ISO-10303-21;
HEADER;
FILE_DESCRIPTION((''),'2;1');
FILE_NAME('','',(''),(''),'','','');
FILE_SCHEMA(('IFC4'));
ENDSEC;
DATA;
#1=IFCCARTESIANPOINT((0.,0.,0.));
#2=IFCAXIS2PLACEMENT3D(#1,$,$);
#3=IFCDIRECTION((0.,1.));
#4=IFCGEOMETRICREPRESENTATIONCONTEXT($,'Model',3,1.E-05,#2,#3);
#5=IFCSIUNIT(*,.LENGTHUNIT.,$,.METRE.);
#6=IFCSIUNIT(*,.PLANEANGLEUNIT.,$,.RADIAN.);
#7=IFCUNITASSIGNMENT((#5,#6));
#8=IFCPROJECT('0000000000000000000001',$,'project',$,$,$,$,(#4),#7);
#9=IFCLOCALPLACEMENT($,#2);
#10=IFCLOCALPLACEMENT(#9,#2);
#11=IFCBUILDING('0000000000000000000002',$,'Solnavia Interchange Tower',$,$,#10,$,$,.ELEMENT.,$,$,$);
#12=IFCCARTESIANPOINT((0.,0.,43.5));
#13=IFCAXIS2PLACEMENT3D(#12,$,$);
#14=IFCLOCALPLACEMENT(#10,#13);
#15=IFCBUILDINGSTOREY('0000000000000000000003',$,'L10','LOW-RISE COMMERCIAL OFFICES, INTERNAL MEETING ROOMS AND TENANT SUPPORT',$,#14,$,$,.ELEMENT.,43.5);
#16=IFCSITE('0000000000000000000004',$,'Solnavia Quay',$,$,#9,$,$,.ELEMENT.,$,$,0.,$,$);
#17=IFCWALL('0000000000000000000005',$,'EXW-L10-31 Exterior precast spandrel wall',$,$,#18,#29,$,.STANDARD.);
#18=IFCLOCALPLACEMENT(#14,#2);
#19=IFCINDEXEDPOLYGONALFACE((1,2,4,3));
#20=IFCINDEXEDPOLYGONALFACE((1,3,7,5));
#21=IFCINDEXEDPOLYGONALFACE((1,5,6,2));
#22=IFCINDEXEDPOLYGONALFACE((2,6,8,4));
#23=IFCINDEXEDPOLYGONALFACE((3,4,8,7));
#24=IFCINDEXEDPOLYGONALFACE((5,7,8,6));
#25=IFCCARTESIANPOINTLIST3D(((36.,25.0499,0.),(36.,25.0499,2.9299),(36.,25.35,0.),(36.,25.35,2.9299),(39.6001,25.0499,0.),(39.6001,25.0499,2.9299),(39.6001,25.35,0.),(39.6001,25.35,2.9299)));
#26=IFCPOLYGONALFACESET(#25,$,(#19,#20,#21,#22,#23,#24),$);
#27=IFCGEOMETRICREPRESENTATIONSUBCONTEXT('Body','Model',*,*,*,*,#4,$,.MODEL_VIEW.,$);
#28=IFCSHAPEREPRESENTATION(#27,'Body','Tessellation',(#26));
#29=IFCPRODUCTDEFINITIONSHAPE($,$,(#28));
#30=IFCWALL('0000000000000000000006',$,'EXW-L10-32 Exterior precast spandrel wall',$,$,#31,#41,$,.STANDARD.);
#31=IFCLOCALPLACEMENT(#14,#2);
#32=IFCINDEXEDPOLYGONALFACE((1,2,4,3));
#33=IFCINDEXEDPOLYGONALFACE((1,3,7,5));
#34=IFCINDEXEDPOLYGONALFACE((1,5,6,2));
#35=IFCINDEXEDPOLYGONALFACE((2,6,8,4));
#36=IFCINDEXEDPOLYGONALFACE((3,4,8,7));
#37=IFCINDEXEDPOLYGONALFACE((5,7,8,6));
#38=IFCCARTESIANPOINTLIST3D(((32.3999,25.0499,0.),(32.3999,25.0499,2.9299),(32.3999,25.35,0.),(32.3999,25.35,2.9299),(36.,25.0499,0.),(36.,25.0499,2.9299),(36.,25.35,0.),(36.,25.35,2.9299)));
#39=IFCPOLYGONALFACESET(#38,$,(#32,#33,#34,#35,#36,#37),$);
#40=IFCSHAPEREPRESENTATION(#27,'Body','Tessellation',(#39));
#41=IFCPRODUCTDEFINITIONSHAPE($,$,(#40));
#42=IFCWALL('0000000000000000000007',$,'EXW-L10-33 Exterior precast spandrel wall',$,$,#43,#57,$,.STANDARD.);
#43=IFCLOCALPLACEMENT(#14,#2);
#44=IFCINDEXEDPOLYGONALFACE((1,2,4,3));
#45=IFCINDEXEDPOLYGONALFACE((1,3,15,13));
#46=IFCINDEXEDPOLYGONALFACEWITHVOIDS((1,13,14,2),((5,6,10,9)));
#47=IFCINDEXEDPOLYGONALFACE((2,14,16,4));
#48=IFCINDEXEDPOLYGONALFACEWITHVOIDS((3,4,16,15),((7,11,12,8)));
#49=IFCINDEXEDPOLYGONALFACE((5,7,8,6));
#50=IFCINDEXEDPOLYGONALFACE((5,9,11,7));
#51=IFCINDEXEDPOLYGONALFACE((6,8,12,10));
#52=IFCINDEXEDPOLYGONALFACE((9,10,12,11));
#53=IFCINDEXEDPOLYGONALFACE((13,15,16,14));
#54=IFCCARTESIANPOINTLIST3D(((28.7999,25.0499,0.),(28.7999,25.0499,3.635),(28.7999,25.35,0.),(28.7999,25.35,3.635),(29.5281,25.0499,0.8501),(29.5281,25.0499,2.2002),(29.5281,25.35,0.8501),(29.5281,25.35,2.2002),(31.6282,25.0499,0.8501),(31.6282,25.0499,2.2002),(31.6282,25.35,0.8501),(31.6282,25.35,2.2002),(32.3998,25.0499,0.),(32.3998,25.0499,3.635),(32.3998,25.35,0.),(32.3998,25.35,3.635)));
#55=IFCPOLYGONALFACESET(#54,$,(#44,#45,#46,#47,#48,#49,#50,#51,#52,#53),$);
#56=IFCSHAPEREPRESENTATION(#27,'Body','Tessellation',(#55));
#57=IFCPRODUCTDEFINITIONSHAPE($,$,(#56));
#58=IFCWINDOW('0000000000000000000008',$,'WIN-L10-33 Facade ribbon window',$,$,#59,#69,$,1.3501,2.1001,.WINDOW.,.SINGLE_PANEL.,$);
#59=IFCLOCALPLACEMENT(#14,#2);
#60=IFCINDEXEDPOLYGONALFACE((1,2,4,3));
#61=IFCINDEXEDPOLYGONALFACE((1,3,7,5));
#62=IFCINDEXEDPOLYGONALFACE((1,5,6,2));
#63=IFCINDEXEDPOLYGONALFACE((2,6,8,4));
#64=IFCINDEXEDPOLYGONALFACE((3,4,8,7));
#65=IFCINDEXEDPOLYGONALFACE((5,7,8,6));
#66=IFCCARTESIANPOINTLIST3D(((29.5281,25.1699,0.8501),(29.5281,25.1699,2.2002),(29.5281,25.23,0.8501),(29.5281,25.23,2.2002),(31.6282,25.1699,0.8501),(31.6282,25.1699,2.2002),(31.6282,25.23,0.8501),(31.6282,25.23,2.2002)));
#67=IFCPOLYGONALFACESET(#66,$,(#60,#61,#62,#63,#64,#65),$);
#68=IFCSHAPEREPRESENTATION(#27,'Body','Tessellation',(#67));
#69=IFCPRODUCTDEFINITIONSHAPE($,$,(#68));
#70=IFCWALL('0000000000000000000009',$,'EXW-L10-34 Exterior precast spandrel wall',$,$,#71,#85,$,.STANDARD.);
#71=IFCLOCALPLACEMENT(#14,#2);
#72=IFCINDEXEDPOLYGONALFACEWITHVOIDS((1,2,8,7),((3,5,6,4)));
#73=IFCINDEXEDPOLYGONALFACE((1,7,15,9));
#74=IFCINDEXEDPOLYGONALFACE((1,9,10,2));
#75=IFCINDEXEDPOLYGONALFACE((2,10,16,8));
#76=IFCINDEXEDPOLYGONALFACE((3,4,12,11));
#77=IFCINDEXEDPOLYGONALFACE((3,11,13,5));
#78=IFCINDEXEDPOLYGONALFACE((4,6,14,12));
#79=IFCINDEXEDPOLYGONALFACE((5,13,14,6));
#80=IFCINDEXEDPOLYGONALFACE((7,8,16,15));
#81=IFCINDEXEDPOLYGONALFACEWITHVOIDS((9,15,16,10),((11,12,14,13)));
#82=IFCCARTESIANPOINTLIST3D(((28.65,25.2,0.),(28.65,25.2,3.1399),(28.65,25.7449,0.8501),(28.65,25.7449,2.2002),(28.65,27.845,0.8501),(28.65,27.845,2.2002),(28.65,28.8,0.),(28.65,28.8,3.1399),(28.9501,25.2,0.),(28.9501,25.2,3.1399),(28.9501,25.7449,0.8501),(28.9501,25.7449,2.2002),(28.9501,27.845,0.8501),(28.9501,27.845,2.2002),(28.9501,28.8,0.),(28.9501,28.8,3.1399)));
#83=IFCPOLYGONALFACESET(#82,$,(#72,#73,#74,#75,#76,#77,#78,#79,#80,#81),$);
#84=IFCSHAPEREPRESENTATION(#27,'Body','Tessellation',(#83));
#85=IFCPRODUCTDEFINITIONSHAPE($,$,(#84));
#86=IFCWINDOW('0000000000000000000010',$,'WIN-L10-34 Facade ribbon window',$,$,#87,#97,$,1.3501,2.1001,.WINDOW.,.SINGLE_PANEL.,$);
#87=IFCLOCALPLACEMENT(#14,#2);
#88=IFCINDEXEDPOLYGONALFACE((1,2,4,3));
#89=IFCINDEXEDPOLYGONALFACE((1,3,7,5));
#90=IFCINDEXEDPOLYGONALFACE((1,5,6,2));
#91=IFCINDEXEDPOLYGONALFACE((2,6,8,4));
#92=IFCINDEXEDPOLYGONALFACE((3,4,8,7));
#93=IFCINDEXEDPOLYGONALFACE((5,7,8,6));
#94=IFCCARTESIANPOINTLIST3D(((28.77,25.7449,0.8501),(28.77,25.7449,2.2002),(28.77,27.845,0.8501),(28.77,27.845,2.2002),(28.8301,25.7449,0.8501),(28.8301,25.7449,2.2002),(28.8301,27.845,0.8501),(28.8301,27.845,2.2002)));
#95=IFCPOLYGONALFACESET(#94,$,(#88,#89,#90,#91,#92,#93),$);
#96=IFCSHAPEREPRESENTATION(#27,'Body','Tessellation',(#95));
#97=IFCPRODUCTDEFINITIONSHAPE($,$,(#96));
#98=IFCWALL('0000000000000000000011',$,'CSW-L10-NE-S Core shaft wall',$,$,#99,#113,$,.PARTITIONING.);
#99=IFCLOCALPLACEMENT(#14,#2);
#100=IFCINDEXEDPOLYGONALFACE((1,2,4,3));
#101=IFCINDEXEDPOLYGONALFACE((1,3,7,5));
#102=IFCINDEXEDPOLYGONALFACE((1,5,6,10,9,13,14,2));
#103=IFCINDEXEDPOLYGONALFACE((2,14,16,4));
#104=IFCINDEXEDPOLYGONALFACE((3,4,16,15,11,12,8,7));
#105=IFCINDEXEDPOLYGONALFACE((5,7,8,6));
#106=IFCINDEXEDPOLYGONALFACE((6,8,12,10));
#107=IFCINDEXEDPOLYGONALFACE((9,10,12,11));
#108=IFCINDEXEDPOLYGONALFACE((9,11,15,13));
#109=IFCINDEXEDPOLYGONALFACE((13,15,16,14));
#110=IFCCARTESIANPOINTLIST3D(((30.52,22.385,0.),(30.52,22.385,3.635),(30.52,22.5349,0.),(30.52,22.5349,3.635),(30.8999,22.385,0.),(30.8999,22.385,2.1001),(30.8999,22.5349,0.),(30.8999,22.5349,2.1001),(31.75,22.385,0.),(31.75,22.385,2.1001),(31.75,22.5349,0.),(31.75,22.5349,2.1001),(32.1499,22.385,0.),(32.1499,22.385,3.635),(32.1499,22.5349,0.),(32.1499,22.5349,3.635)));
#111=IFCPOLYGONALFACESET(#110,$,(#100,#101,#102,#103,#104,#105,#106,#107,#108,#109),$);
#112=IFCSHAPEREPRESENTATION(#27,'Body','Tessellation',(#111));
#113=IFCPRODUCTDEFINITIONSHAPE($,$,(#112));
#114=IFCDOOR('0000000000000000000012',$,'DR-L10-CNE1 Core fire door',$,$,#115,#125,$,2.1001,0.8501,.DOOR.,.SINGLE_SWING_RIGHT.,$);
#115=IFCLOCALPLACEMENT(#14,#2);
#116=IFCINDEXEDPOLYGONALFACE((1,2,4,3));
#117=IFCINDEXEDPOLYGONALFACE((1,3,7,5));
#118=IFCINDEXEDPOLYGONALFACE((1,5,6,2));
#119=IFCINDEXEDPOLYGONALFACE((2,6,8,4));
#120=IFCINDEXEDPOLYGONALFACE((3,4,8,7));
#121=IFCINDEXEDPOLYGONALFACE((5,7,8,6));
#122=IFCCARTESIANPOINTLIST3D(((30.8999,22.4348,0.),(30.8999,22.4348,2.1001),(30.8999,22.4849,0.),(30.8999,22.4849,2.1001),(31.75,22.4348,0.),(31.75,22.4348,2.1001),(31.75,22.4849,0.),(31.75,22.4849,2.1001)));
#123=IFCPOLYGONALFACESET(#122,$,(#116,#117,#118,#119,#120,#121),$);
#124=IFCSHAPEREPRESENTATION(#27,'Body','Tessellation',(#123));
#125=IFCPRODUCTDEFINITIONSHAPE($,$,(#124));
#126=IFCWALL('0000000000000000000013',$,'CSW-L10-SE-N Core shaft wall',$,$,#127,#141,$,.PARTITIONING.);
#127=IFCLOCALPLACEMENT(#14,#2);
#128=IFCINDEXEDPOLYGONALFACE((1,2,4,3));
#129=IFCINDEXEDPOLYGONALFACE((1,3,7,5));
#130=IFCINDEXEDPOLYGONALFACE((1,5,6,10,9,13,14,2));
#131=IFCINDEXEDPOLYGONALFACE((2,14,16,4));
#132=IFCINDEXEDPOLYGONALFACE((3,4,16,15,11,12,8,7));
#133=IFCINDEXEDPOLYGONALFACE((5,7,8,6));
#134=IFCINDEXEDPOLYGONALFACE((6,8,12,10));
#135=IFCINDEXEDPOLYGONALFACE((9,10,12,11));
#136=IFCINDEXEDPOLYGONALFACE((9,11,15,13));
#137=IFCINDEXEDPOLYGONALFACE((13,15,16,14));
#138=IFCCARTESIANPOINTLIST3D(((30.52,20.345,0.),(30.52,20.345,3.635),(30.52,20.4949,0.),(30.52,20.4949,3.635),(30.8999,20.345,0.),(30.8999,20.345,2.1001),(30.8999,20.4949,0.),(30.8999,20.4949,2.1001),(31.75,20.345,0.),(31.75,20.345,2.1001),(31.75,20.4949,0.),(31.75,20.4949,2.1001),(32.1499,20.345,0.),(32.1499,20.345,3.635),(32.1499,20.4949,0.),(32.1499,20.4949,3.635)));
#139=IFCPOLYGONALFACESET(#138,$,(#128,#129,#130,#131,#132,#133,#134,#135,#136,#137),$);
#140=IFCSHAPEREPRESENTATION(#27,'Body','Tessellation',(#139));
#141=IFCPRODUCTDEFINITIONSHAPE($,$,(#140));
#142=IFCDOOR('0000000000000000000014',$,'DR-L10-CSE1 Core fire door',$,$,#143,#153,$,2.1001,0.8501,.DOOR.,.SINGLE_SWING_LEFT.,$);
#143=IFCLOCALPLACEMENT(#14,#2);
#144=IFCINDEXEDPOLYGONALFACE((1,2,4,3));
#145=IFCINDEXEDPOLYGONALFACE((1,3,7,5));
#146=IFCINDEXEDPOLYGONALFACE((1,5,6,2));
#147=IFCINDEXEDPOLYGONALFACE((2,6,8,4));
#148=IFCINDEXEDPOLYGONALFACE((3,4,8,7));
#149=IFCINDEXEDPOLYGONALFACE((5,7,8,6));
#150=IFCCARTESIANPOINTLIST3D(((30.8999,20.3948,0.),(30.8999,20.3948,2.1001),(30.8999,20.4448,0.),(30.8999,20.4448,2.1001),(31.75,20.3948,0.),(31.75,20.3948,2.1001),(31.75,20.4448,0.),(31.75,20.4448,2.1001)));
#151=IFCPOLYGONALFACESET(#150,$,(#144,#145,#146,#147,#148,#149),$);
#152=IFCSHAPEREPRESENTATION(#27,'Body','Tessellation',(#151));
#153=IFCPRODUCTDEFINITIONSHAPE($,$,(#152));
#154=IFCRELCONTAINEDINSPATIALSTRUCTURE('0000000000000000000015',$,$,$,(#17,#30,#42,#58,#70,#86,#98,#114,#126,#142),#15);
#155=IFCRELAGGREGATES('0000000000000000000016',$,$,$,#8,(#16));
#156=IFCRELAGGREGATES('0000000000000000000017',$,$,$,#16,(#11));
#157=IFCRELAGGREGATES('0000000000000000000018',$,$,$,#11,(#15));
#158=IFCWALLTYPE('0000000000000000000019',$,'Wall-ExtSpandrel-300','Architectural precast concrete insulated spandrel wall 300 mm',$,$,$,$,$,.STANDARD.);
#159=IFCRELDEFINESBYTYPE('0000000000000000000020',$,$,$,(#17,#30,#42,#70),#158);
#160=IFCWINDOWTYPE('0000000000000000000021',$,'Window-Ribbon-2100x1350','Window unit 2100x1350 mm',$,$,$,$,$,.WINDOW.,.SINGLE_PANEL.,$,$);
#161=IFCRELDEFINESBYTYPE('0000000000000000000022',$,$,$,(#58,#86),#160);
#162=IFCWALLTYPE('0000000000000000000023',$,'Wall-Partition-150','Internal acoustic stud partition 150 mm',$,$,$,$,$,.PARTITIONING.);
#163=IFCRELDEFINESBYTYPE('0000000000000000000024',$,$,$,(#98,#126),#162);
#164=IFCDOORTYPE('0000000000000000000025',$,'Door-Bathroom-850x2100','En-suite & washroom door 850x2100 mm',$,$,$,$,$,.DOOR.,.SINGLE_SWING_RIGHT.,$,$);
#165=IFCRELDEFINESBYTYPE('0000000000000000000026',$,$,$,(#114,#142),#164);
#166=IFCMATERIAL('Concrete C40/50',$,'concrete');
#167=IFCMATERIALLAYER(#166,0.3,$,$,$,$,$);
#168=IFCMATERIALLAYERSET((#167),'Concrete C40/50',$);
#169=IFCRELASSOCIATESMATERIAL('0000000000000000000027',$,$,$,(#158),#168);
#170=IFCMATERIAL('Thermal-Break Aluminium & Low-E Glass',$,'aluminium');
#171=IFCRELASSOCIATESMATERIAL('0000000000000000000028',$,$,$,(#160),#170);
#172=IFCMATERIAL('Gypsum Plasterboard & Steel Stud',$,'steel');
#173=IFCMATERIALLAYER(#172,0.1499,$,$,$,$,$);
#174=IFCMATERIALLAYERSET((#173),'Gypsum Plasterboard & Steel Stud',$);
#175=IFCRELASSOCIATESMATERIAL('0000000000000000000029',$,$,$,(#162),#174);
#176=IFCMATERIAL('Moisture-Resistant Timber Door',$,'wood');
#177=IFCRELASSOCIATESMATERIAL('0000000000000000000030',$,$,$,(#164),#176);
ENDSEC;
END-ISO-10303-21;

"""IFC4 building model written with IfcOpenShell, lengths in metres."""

from ifc_helpers import new_model, si_unit, direction, frame, frame_2d, origin, place, context, subcontext, project, spatial, rectangle, extrude, material, layer, layer_set, type_object, element, fill, save


model = new_model("IFC4")

# Units and contexts
model_context = context("Model", 3, precision=1e-05, world=origin(), true_north=direction((0.0, 1.0)))
body_context = subcontext(model_context, "Body", "Model", "MODEL_VIEW")
ifc_project = project(units=[si_unit("LENGTHUNIT", "METRE"), si_unit("PLANEANGLEUNIT", "RADIAN")], contexts=[model_context])

# Site, building, storey
site_placement = place(None, origin())
site = spatial("IfcSite", under=ifc_project, at=site_placement, Name="Solnavia Quay", CompositionType="ELEMENT", RefElevation=0.0)
building_placement = place(site_placement, origin())
building = spatial("IfcBuilding", under=site, at=building_placement, Name="Solnavia Interchange Tower", CompositionType="ELEMENT")
storey_placement = place(building_placement, frame((0.0, 0.0, 43.5)))
storey = spatial("IfcBuildingStorey", under=building, at=storey_placement, Name="L10", Description="LOW-RISE COMMERCIAL OFFICES, INTERNAL MEETING ROOMS AND TENANT SUPPORT", CompositionType="ELEMENT", Elevation=43.5)

# Walls
ifc_material_1 = material(Name="Concrete C40/50", Category="concrete")
ifc_layer_1 = layer(ifc_material_1, 0.3)
ifc_layer_set_1 = layer_set([ifc_layer_1], Name="Concrete C40/50")
wall_type_1 = type_object("IfcWallType", Name="Wall-ExtSpandrel-300", Description="Architectural precast concrete insulated spandrel wall 300 mm", PredefinedType="STANDARD", material=ifc_layer_set_1)
for number, where, z_axis, x_axis, name in (
    (1, (36.0, 25.2, 0.0), (0.0, 0.0, 1.0), (1.0, 0.0, 0.0), "EXW-L10-31 Exterior precast spandrel wall"),
    (2, (32.3999, 25.2, 0.0), (0.0, 0.0, 1.0), (1.0, 0.0, 0.0), "EXW-L10-32 Exterior precast spandrel wall"),
):
    element("IfcWall", number, at=place(storey_placement, frame(where, z_axis=z_axis, x_axis=x_axis)), inside=storey, type_object=wall_type_1, Name=name, PredefinedType="STANDARD", context=body_context, shape_type="SweptSolid", body=[
        extrude(rectangle(XDim=3.6001, YDim=0.3, at=frame_2d((1.8, 0.0))), origin(), (0.0, 0.0, 1.0), 2.9299),
    ])

# Walls, openings, windows
wall_1_placement = place(storey_placement, frame((28.8, 25.2, 0.0), z_axis=(0.0, 0.0, 1.0), x_axis=(1.0, 0.0, 0.0)))
wall_1 = element("IfcWall", 3, at=wall_1_placement, inside=storey, type_object=wall_type_1, Name="EXW-L10-33 Exterior precast spandrel wall", PredefinedType="STANDARD", context=body_context, shape_type="SweptSolid", body=[
    extrude(rectangle(XDim=3.5999, YDim=0.3, at=frame_2d((1.7998, 0.0))), origin(), (0.0, 0.0, 1.0), 3.635),
])
opening_1_placement = place(wall_1_placement, frame((0.728, 0.0, 0.8501)))
opening_1 = element("IfcOpeningElement", 4, at=opening_1_placement, cuts=wall_1, PredefinedType="OPENING", context=body_context, shape_type="SweptSolid", body=[
    extrude(rectangle(XDim=2.1001, YDim=1.3501, at=frame_2d((1.05, 0.675))), frame((0.0, 0.1602, 0.0), z_axis=(0.0, -1.0, 0.0), x_axis=(1.0, 0.0, 0.0)), (0.0, 0.0, 1.0), 0.3201),
])
ifc_material_2 = material(Name="Thermal-Break Aluminium & Low-E Glass", Category="aluminium")
window_type = type_object("IfcWindowType", Name="Window-Ribbon-2100x1350", Description="Window unit 2100x1350 mm", PartitioningType="SINGLE_PANEL", PredefinedType="WINDOW", material=ifc_material_2)
window_1_placement = place(opening_1_placement, origin())
window_1 = element("IfcWindow", 5, at=window_1_placement, inside=storey, type_object=window_type, Name="WIN-L10-33 Facade ribbon window", OverallHeight=1.3501, OverallWidth=2.1001, PartitioningType="SINGLE_PANEL", PredefinedType="WINDOW", context=body_context, shape_type="SweptSolid", body=[
    extrude(rectangle(XDim=2.1001, YDim=1.3501, at=frame_2d((1.05, 0.675))), frame((0.0, 0.03, 0.0), z_axis=(0.0, -1.0, 0.0), x_axis=(1.0, 0.0, 0.0)), (0.0, 0.0, 1.0), 0.0601),
])
fill(opening_1, window_1)
wall_2_placement = place(storey_placement, frame((28.8, 25.2, 0.0), z_axis=(0.0, 0.0, 1.0), x_axis=(0.0, 1.0, 0.0)))
wall_2 = element("IfcWall", 6, at=wall_2_placement, inside=storey, type_object=wall_type_1, Name="EXW-L10-34 Exterior precast spandrel wall", PredefinedType="STANDARD", context=body_context, shape_type="SweptSolid", body=[
    extrude(rectangle(XDim=3.6001, YDim=0.3, at=frame_2d((1.8, 0.0))), origin(), (0.0, 0.0, 1.0), 3.1399),
])
opening_2_placement = place(wall_2_placement, frame((0.5449, 0.0, 0.8501)))
opening_2 = element("IfcOpeningElement", 7, at=opening_2_placement, cuts=wall_2, PredefinedType="OPENING", context=body_context, shape_type="SweptSolid", body=[
    extrude(rectangle(XDim=2.1001, YDim=1.3501, at=frame_2d((1.05, 0.675))), frame((0.0, 0.1602, 0.0), z_axis=(0.0, -1.0, 0.0), x_axis=(1.0, 0.0, 0.0)), (0.0, 0.0, 1.0), 0.3201),
])
window_2_placement = place(opening_2_placement, origin())
window_2 = element("IfcWindow", 8, at=window_2_placement, inside=storey, type_object=window_type, Name="WIN-L10-34 Facade ribbon window", OverallHeight=1.3501, OverallWidth=2.1001, PartitioningType="SINGLE_PANEL", PredefinedType="WINDOW", context=body_context, shape_type="SweptSolid", body=[
    extrude(rectangle(XDim=2.1001, YDim=1.3501, at=frame_2d((1.05, 0.675))), frame((0.0, 0.03, 0.0), z_axis=(0.0, -1.0, 0.0), x_axis=(1.0, 0.0, 0.0)), (0.0, 0.0, 1.0), 0.0601),
])
fill(opening_2, window_2)

# Walls, openings, doors
ifc_material_3 = material(Name="Gypsum Plasterboard & Steel Stud", Category="steel")
ifc_layer_2 = layer(ifc_material_3, 0.1499)
ifc_layer_set_2 = layer_set([ifc_layer_2], Name="Gypsum Plasterboard & Steel Stud")
wall_type_2 = type_object("IfcWallType", Name="Wall-Partition-150", Description="Internal acoustic stud partition 150 mm", PredefinedType="PARTITIONING", material=ifc_layer_set_2)
wall_3_placement = place(storey_placement, frame((30.52, 22.46, 0.0), z_axis=(0.0, 0.0, 1.0), x_axis=(1.0, 0.0, 0.0)))
wall_3 = element("IfcWall", 9, at=wall_3_placement, inside=storey, type_object=wall_type_2, Name="CSW-L10-NE-S Core shaft wall", PredefinedType="PARTITIONING", context=body_context, shape_type="SweptSolid", body=[
    extrude(rectangle(XDim=1.6299, YDim=0.1499, at=frame_2d((0.8149, 0.0))), origin(), (0.0, 0.0, 1.0), 3.635),
])
opening_3_placement = place(wall_3_placement, frame((0.3799, 0.0, 0.0)))
opening_3 = element("IfcOpeningElement", 10, at=opening_3_placement, cuts=wall_3, PredefinedType="OPENING", context=body_context, shape_type="SweptSolid", body=[
    extrude(rectangle(XDim=0.8501, YDim=2.1001, at=frame_2d((0.425, 1.05))), frame((0.0, 0.085, 0.0), z_axis=(0.0, -1.0, 0.0), x_axis=(1.0, 0.0, 0.0)), (0.0, 0.0, 1.0), 0.1699),
])
ifc_material_4 = material(Name="Moisture-Resistant Timber Door", Category="wood")
door_type_1 = type_object("IfcDoorType", Name="Door-Bathroom-850x2100", Description="En-suite & washroom door 850x2100 mm", OperationType="SINGLE_SWING_RIGHT", PredefinedType="DOOR", material=ifc_material_4)
door_1_placement = place(opening_3_placement, origin())
door_1 = element("IfcDoor", 11, at=door_1_placement, inside=storey, type_object=door_type_1, Name="DR-L10-CNE1 Core fire door", OperationType="SINGLE_SWING_RIGHT", OverallHeight=2.1001, OverallWidth=0.8501, PredefinedType="DOOR", context=body_context, shape_type="SweptSolid", body=[
    extrude(rectangle(XDim=0.8501, YDim=2.1001, at=frame_2d((0.425, 1.05))), frame((0.0, 0.0249, 0.0), z_axis=(0.0, -1.0, 0.0), x_axis=(1.0, 0.0, 0.0)), (0.0, 0.0, 1.0), 0.05),
])
fill(opening_3, door_1)
wall_4_placement = place(storey_placement, frame((30.52, 20.4199, 0.0), z_axis=(0.0, 0.0, 1.0), x_axis=(1.0, 0.0, 0.0)))
wall_4 = element("IfcWall", 12, at=wall_4_placement, inside=storey, type_object=wall_type_2, Name="CSW-L10-SE-N Core shaft wall", PredefinedType="PARTITIONING", context=body_context, shape_type="SweptSolid", body=[
    extrude(rectangle(XDim=1.6299, YDim=0.1499, at=frame_2d((0.8149, 0.0))), origin(), (0.0, 0.0, 1.0), 3.635),
])
opening_4_placement = place(wall_4_placement, frame((0.3799, 0.0, 0.0)))
opening_4 = element("IfcOpeningElement", 13, at=opening_4_placement, cuts=wall_4, PredefinedType="OPENING", context=body_context, shape_type="SweptSolid", body=[
    extrude(rectangle(XDim=0.8501, YDim=2.1001, at=frame_2d((0.425, 1.05))), frame((0.0, 0.085, 0.0), z_axis=(0.0, -1.0, 0.0), x_axis=(1.0, 0.0, 0.0)), (0.0, 0.0, 1.0), 0.1699),
])
door_2_placement = place(opening_4_placement, origin())
door_2 = element("IfcDoor", 14, at=door_2_placement, inside=storey, type_object=door_type_1, Name="DR-L10-CSE1 Core fire door", OperationType="SINGLE_SWING_LEFT", OverallHeight=2.1001, OverallWidth=0.8501, PredefinedType="DOOR", context=body_context, shape_type="SweptSolid", body=[
    extrude(rectangle(XDim=0.8501, YDim=2.1001, at=frame_2d((0.425, 1.05))), frame((0.0, 0.0249, 0.0), z_axis=(0.0, -1.0, 0.0), x_axis=(1.0, 0.0, 0.0)), (0.0, 0.0, 1.0), 0.05),
])
fill(opening_4, door_2)

save(model, "model.ifc")
